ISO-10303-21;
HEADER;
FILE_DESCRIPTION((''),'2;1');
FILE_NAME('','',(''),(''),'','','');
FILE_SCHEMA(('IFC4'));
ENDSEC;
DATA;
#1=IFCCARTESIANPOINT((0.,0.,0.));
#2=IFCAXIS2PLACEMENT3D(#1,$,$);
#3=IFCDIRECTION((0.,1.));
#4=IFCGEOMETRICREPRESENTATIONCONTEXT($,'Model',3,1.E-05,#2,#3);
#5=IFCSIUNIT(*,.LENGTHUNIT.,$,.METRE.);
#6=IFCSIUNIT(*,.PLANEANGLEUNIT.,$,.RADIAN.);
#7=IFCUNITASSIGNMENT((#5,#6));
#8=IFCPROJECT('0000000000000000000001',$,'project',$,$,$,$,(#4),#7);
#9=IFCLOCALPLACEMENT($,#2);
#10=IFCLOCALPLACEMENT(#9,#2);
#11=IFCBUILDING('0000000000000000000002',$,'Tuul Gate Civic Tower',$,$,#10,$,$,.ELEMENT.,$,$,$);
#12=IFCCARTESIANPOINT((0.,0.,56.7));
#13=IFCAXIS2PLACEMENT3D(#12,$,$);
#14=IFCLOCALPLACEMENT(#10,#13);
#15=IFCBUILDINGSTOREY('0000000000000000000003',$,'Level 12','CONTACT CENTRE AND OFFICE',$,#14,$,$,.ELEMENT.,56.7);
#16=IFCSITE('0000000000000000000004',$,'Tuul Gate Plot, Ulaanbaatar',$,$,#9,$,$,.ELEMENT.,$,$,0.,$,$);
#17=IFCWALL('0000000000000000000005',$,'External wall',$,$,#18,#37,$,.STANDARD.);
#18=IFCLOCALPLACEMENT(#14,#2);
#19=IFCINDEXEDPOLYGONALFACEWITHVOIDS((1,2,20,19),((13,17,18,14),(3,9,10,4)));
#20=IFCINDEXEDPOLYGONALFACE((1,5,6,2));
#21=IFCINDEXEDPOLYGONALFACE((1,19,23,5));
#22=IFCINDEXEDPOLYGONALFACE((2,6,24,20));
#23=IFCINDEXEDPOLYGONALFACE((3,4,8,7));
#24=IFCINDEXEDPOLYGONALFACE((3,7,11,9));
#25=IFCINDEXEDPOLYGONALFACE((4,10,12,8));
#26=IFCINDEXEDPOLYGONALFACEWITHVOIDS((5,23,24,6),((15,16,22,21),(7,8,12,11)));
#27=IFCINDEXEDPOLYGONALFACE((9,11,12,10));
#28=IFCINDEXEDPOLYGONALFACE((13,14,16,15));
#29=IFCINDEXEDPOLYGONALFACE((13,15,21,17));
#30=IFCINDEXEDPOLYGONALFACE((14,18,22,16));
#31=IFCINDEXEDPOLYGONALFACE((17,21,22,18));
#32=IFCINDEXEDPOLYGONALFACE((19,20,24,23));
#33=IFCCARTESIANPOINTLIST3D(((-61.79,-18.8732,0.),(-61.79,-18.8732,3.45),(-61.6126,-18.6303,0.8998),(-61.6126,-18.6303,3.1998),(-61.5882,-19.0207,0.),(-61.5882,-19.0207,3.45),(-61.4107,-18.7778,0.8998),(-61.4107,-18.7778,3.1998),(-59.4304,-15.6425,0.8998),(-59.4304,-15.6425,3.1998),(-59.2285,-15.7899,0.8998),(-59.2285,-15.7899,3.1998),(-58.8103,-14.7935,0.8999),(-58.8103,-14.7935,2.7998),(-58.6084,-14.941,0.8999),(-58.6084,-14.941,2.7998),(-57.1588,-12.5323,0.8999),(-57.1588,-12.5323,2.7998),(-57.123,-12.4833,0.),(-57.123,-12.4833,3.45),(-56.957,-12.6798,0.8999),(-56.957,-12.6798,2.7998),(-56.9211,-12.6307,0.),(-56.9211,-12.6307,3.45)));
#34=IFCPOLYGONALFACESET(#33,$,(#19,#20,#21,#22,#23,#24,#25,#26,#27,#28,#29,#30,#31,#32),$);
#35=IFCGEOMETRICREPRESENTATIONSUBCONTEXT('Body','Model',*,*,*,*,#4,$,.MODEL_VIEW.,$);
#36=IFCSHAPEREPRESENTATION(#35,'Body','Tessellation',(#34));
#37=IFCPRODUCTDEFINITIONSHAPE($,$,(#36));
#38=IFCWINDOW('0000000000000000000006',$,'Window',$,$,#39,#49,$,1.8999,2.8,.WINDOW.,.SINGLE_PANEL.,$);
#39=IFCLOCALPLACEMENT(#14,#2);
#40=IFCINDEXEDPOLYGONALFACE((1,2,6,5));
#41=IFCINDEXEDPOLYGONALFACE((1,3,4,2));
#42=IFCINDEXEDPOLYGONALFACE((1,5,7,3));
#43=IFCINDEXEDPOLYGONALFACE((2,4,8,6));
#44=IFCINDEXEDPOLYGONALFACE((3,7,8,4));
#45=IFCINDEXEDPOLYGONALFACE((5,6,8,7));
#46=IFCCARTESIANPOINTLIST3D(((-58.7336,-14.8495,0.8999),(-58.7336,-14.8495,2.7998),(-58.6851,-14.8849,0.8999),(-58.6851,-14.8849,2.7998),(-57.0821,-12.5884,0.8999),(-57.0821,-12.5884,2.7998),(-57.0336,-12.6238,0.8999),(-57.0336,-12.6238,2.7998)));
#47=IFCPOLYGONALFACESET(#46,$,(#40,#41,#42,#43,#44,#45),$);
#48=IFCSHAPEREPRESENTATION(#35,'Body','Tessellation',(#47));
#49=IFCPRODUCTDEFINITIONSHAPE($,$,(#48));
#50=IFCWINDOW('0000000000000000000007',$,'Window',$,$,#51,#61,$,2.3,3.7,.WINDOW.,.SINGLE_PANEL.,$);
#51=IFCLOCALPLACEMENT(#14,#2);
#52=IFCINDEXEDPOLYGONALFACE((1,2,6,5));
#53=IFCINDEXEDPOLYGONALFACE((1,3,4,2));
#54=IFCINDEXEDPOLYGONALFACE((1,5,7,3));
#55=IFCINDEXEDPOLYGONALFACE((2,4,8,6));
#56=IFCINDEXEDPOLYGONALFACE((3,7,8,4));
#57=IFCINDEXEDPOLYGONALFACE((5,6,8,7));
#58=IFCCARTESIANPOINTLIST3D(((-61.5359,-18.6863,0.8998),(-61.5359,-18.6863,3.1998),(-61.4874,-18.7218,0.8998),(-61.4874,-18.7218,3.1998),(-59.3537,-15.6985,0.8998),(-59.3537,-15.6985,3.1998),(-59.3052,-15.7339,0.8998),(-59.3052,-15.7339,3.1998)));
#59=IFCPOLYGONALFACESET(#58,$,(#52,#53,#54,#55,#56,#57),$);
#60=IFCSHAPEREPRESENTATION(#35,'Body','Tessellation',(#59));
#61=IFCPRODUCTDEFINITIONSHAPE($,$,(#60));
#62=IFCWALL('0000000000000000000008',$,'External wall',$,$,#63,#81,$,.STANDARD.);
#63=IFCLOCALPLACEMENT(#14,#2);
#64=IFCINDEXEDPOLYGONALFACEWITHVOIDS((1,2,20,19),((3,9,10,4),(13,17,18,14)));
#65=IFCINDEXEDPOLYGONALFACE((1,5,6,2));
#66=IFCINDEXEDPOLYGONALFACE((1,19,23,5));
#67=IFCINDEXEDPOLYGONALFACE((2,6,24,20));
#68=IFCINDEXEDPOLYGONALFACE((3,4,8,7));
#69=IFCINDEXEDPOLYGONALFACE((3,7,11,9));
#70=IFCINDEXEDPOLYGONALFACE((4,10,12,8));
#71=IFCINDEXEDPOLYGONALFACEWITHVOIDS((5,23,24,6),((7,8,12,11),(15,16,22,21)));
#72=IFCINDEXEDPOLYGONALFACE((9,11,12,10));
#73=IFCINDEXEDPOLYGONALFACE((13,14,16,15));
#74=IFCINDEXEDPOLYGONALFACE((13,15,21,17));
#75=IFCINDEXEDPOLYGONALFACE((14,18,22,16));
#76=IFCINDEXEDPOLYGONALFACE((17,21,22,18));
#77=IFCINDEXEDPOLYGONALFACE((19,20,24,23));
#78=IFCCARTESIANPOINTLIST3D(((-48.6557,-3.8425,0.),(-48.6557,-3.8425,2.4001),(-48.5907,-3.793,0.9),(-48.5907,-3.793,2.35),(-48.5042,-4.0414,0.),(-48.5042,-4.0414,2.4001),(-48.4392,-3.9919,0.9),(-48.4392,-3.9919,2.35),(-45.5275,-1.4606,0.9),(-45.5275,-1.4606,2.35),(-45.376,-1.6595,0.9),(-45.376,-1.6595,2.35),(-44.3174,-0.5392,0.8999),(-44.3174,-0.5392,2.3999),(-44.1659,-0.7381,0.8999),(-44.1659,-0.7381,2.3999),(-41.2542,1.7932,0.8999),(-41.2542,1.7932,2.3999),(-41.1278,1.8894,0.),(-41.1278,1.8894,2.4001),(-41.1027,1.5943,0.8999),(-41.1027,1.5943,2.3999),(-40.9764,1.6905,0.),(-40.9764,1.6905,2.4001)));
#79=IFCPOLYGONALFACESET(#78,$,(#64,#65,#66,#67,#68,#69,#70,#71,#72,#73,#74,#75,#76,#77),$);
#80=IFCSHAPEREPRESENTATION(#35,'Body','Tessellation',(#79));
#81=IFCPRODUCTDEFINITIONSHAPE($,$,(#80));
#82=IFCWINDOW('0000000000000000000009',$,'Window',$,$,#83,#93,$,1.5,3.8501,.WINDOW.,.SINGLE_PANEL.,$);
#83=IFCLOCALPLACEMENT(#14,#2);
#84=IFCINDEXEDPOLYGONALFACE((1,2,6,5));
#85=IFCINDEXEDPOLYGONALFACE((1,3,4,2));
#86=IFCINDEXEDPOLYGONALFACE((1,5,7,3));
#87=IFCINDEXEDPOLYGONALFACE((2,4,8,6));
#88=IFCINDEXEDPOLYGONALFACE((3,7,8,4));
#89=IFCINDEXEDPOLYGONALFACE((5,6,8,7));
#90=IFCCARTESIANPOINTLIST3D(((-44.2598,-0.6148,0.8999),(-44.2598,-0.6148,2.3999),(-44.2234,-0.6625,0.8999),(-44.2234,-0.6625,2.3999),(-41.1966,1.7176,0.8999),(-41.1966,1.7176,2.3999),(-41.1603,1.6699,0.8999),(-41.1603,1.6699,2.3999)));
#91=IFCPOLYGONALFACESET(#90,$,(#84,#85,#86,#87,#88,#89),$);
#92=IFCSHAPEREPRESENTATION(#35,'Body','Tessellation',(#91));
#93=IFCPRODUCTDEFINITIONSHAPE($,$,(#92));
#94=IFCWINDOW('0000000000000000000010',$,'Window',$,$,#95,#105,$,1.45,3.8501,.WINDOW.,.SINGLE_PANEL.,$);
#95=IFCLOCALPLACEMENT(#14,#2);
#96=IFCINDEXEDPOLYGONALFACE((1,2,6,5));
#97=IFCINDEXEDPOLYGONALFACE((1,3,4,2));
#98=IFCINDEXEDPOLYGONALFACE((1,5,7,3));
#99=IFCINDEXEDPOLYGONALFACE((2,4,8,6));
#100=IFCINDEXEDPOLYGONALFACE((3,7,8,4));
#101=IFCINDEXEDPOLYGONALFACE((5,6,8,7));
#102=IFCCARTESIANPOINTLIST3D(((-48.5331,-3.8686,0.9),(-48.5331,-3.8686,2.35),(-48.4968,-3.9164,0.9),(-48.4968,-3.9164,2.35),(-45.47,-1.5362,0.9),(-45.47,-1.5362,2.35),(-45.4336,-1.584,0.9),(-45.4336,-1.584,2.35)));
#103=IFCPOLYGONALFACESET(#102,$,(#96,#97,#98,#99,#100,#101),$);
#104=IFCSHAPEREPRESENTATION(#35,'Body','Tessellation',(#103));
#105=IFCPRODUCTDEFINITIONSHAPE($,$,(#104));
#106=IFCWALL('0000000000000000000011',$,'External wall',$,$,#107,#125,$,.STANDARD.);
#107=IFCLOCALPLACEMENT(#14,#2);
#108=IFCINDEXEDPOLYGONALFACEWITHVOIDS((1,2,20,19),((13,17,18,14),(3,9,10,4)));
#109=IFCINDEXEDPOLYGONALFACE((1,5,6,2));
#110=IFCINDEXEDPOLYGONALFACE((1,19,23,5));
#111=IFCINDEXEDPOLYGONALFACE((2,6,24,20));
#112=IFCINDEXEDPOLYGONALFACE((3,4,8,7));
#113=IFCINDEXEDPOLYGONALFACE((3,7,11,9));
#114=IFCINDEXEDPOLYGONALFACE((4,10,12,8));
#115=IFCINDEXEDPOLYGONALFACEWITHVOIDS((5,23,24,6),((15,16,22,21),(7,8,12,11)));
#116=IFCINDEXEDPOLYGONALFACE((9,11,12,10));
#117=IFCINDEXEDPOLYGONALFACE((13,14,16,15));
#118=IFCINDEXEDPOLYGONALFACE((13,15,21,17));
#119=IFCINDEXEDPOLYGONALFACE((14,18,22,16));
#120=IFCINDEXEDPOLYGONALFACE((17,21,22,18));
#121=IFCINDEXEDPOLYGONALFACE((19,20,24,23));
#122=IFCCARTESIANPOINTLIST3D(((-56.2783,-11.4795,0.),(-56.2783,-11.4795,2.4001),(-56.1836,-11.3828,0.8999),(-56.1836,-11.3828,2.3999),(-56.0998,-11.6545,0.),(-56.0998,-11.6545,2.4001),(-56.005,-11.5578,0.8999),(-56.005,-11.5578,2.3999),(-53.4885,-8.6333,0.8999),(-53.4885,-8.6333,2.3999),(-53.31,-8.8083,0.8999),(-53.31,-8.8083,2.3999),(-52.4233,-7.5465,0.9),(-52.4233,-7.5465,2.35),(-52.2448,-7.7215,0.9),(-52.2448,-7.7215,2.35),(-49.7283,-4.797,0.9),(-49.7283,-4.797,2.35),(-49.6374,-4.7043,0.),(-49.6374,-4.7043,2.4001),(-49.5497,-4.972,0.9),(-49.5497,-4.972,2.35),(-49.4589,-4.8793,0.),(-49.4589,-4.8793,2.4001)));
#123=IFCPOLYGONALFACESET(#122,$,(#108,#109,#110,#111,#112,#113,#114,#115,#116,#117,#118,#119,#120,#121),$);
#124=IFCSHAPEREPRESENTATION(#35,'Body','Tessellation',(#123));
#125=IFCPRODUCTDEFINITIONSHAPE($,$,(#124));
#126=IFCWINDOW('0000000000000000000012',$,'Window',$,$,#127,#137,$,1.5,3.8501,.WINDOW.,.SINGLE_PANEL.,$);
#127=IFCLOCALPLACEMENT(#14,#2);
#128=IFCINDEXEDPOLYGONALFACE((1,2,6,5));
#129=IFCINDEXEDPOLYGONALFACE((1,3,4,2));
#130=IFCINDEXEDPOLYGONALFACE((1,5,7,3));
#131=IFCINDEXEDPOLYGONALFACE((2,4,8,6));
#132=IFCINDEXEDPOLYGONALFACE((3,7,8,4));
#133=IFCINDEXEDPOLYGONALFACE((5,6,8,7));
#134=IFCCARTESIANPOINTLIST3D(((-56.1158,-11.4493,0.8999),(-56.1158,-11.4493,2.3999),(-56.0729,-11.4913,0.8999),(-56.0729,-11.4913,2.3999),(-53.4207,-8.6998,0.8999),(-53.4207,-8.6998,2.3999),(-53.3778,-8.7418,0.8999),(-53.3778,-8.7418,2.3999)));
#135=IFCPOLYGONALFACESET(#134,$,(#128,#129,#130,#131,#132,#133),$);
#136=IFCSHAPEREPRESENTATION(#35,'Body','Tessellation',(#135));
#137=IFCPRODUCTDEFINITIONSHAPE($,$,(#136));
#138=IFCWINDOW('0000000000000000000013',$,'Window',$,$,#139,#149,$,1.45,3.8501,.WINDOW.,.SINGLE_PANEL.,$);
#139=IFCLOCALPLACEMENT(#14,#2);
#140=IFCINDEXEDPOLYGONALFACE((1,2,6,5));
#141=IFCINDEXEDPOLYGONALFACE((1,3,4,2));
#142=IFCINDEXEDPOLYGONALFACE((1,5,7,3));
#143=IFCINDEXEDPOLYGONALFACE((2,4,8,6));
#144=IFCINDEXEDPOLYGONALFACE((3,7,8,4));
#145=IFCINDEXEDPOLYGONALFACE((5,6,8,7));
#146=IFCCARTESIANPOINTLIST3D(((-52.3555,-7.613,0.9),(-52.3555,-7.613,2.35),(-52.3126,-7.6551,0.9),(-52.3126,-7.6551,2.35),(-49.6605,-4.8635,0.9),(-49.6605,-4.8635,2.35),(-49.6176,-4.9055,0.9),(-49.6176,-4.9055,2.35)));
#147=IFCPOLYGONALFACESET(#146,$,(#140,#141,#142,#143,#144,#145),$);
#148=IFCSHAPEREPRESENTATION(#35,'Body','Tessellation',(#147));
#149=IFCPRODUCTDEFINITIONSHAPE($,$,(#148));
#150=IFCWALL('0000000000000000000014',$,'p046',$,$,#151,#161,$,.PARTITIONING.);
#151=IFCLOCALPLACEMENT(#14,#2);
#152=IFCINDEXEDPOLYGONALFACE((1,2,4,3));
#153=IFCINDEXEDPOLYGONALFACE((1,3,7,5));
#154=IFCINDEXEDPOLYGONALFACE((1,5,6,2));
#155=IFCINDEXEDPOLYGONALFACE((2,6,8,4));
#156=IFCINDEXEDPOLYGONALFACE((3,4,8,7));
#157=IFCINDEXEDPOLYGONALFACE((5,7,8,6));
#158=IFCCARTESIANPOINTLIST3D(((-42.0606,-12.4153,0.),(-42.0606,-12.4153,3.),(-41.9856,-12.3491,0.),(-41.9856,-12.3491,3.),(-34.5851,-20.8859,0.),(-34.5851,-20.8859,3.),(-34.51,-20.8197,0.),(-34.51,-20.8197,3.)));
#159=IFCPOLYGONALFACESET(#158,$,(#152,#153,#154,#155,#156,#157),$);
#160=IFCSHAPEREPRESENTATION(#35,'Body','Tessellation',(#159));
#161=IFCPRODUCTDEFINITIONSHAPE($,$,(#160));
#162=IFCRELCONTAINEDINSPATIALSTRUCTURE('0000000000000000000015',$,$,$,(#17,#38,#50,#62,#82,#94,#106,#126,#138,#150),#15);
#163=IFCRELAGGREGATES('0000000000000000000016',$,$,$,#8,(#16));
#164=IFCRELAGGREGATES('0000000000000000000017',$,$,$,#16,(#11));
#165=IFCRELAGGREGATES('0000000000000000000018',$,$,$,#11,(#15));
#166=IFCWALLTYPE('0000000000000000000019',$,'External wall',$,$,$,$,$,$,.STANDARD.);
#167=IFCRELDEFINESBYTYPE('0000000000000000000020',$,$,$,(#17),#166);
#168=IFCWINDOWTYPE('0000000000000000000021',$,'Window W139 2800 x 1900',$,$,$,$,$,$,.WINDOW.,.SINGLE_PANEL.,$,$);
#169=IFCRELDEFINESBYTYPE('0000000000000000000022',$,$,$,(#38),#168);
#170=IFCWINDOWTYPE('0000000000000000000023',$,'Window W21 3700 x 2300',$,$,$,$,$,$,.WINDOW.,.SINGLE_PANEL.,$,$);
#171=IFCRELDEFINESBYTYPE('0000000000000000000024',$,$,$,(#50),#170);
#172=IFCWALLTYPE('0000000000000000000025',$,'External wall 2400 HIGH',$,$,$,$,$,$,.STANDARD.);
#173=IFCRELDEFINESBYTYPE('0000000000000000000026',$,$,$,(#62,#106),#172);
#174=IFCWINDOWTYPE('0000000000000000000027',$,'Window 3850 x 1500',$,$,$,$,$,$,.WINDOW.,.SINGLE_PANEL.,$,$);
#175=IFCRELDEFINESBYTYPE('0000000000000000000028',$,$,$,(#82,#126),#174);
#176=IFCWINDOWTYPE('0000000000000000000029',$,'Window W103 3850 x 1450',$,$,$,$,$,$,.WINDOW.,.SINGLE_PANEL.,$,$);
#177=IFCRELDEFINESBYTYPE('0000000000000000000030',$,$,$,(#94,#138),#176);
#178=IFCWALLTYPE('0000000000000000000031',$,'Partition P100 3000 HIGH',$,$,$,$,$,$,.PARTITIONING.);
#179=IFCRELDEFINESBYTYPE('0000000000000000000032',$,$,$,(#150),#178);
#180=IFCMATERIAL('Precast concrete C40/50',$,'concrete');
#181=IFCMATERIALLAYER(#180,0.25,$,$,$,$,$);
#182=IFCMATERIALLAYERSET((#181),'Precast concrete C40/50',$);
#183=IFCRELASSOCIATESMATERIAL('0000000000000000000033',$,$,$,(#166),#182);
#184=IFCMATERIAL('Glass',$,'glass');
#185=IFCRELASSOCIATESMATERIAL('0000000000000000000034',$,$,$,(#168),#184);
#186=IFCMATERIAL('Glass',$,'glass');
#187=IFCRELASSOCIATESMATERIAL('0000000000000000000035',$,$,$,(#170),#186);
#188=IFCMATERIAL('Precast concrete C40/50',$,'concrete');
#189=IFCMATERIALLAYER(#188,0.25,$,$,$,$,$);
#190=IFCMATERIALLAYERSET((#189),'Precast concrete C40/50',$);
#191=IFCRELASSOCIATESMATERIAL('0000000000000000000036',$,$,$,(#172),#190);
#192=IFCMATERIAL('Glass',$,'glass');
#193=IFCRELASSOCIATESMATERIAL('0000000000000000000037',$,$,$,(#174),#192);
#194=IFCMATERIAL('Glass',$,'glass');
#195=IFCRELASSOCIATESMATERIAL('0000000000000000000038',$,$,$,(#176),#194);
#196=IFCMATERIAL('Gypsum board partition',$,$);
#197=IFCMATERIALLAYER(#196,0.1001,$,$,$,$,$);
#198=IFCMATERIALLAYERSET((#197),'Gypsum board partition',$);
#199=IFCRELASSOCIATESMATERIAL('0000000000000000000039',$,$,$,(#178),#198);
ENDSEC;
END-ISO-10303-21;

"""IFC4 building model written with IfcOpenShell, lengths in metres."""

from ifc_helpers import new_model, si_unit, direction, frame, frame_2d, origin, place, context, subcontext, project, spatial, rectangle, extrude, material, layer, layer_set, type_object, element, fill, save


model = new_model("IFC4")

# Units and contexts
model_context = context("Model", 3, precision=1e-05, world=origin(), true_north=direction((0.0, 1.0)))
body_context = subcontext(model_context, "Body", "Model", "MODEL_VIEW")
ifc_project = project(units=[si_unit("LENGTHUNIT", "METRE"), si_unit("PLANEANGLEUNIT", "RADIAN")], contexts=[model_context])

# Site, building, storey
site_placement = place(None, origin())
site = spatial("IfcSite", under=ifc_project, at=site_placement, Name="Tuul Gate Plot, Ulaanbaatar", CompositionType="ELEMENT", RefElevation=0.0)
building_placement = place(site_placement, origin())
building = spatial("IfcBuilding", under=site, at=building_placement, Name="Tuul Gate Civic Tower", CompositionType="ELEMENT")
storey_placement = place(building_placement, frame((0.0, 0.0, 56.7)))
storey = spatial("IfcBuildingStorey", under=building, at=storey_placement, Name="Level 12", Description="CONTACT CENTRE AND OFFICE", CompositionType="ELEMENT", Elevation=56.7)

# Walls, openings, windows
ifc_material_1 = material(Name="Precast concrete C40/50", Category="concrete")
ifc_layer_1 = layer(ifc_material_1, 0.25)
ifc_layer_set_1 = layer_set([ifc_layer_1], Name="Precast concrete C40/50")
wall_type_1 = type_object("IfcWallType", Name="External wall", PredefinedType="STANDARD", material=ifc_layer_set_1)
wall_1_placement = place(storey_placement, frame((-57.022, -12.5569, 0.0), z_axis=(0.0, 0.0, 1.0), x_axis=(-0.589807, -0.807544, 0.0)))
wall_1 = element("IfcWall", 1, at=wall_1_placement, inside=storey, type_object=wall_type_1, Name="External wall", PredefinedType="STANDARD", context=body_context, shape_type="SweptSolid", body=[
    extrude(rectangle(XDim=7.9128, YDim=0.25, at=frame_2d((3.9565, 0.0))), origin(), (0.0, 0.0, 1.0), 3.45),
])
opening_1_placement = place(wall_1_placement, frame((0.061, 0.0, 0.8999)))
opening_1 = element("IfcOpeningElement", 2, at=opening_1_placement, cuts=wall_1, PredefinedType="OPENING", context=body_context, shape_type="SweptSolid", body=[
    extrude(rectangle(XDim=2.8, YDim=1.8999, at=frame_2d((1.3999, 0.95))), frame((0.0, 0.135, 0.0), z_axis=(0.0, -1.0, 0.0), x_axis=(1.0, 0.0, 0.0)), (0.0, 0.0, 1.0), 0.27),
])
opening_2_placement = place(wall_1_placement, frame((3.9121, 0.0, 0.8999)))
opening_2 = element("IfcOpeningElement", 3, at=opening_2_placement, cuts=wall_1, PredefinedType="OPENING", context=body_context, shape_type="SweptSolid", body=[
    extrude(rectangle(XDim=3.7, YDim=2.3, at=frame_2d((1.8501, 1.1499))), frame((0.0, 0.135, 0.0), z_axis=(0.0, -1.0, 0.0), x_axis=(1.0, 0.0, 0.0)), (0.0, 0.0, 1.0), 0.27),
])
ifc_material_2 = material(Name="Glass", Category="glass")
window_type_1 = type_object("IfcWindowType", Name="Window W139 2800 x 1900", PartitioningType="SINGLE_PANEL", PredefinedType="WINDOW", material=ifc_material_2)
window_1_placement = place(opening_1_placement, origin())
window_1 = element("IfcWindow", 4, at=window_1_placement, inside=storey, type_object=window_type_1, Name="Window", OverallHeight=1.8999, OverallWidth=2.8, PartitioningType="SINGLE_PANEL", PredefinedType="WINDOW", context=body_context, shape_type="SweptSolid", body=[
    extrude(rectangle(XDim=2.8, YDim=1.8999, at=frame_2d((1.3999, 0.95))), frame((0.0, 0.03, 0.0), z_axis=(0.0, -1.0, 0.0), x_axis=(1.0, 0.0, 0.0)), (0.0, 0.0, 1.0), 0.0601),
])
fill(opening_1, window_1)
ifc_material_3 = material(Name="Glass", Category="glass")
window_type_2 = type_object("IfcWindowType", Name="Window W21 3700 x 2300", PartitioningType="SINGLE_PANEL", PredefinedType="WINDOW", material=ifc_material_3)
window_2_placement = place(opening_2_placement, origin())
window_2 = element("IfcWindow", 5, at=window_2_placement, inside=storey, type_object=window_type_2, Name="Window", OverallHeight=2.3, OverallWidth=3.7, PartitioningType="SINGLE_PANEL", PredefinedType="WINDOW", context=body_context, shape_type="SweptSolid", body=[
    extrude(rectangle(XDim=3.7, YDim=2.3, at=frame_2d((1.8501, 1.1499))), frame((0.0, 0.03, 0.0), z_axis=(0.0, -1.0, 0.0), x_axis=(1.0, 0.0, 0.0)), (0.0, 0.0, 1.0), 0.0601),
])
fill(opening_2, window_2)
ifc_material_4 = material(Name="Precast concrete C40/50", Category="concrete")
ifc_layer_2 = layer(ifc_material_4, 0.25)
ifc_layer_set_2 = layer_set([ifc_layer_2], Name="Precast concrete C40/50")
wall_type_2 = type_object("IfcWallType", Name="External wall 2400 HIGH", PredefinedType="STANDARD", material=ifc_layer_set_2)
wall_2_placement = place(storey_placement, frame((-41.052, 1.79, 0.0), z_axis=(0.0, 0.0, 1.0), x_axis=(-0.795613, -0.605805, 0.0)))
wall_2 = element("IfcWall", 6, at=wall_2_placement, inside=storey, type_object=wall_type_2, Name="External wall", PredefinedType="STANDARD", context=body_context, shape_type="SweptSolid", body=[
    extrude(rectangle(XDim=9.4617, YDim=0.25, at=frame_2d((4.731, 0.0))), origin(), (0.0, 0.0, 1.0), 2.4001),
])
opening_3_placement = place(wall_2_placement, frame((0.1589, 0.0, 0.8999)))
opening_3 = element("IfcOpeningElement", 7, at=opening_3_placement, cuts=wall_2, PredefinedType="OPENING", context=body_context, shape_type="SweptSolid", body=[
    extrude(rectangle(XDim=3.8501, YDim=1.5, at=frame_2d((1.925, 0.75))), frame((0.0, 0.135, 0.0), z_axis=(0.0, -1.0, 0.0), x_axis=(1.0, 0.0, 0.0)), (0.0, 0.0, 1.0), 0.27),
])
opening_4_placement = place(wall_2_placement, frame((5.53, 0.0, 0.8999)))
opening_4 = element("IfcOpeningElement", 8, at=opening_4_placement, cuts=wall_2, PredefinedType="OPENING", context=body_context, shape_type="SweptSolid", body=[
    extrude(rectangle(XDim=3.8501, YDim=1.45, at=frame_2d((1.925, 0.7251))), frame((0.0, 0.135, 0.0), z_axis=(0.0, -1.0, 0.0), x_axis=(1.0, 0.0, 0.0)), (0.0, 0.0, 1.0), 0.27),
])
ifc_material_5 = material(Name="Glass", Category="glass")
window_type_3 = type_object("IfcWindowType", Name="Window 3850 x 1500", PartitioningType="SINGLE_PANEL", PredefinedType="WINDOW", material=ifc_material_5)
window_3_placement = place(opening_3_placement, origin())
window_3 = element("IfcWindow", 9, at=window_3_placement, inside=storey, type_object=window_type_3, Name="Window", OverallHeight=1.5, OverallWidth=3.8501, PartitioningType="SINGLE_PANEL", PredefinedType="WINDOW", context=body_context, shape_type="SweptSolid", body=[
    extrude(rectangle(XDim=3.8501, YDim=1.5, at=frame_2d((1.925, 0.75))), frame((0.0, 0.03, 0.0), z_axis=(0.0, -1.0, 0.0), x_axis=(1.0, 0.0, 0.0)), (0.0, 0.0, 1.0), 0.0601),
])
fill(opening_3, window_3)
ifc_material_6 = material(Name="Glass", Category="glass")
window_type_4 = type_object("IfcWindowType", Name="Window W103 3850 x 1450", PartitioningType="SINGLE_PANEL", PredefinedType="WINDOW", material=ifc_material_6)
window_4_placement = place(opening_4_placement, origin())
window_4 = element("IfcWindow", 10, at=window_4_placement, inside=storey, type_object=window_type_4, Name="Window", OverallHeight=1.45, OverallWidth=3.8501, PartitioningType="SINGLE_PANEL", PredefinedType="WINDOW", context=body_context, shape_type="SweptSolid", body=[
    extrude(rectangle(XDim=3.8501, YDim=1.45, at=frame_2d((1.925, 0.7251))), frame((0.0, 0.03, 0.0), z_axis=(0.0, -1.0, 0.0), x_axis=(1.0, 0.0, 0.0)), (0.0, 0.0, 1.0), 0.0601),
])
fill(opening_4, window_4)
wall_3_placement = place(storey_placement, frame((-49.5481, -4.7917, 0.0), z_axis=(0.0, 0.0, 1.0), x_axis=(-0.699994, -0.714148, 0.0)))
wall_3 = element("IfcWall", 11, at=wall_3_placement, inside=storey, type_object=wall_type_2, Name="External wall", PredefinedType="STANDARD", context=body_context, shape_type="SweptSolid", body=[
    extrude(rectangle(XDim=9.4871, YDim=0.25, at=frame_2d((4.7437, 0.0))), origin(), (0.0, 0.0, 1.0), 2.4001),
])
opening_5_placement = place(wall_3_placement, frame((0.1299, 0.0, 0.8999)))
opening_5 = element("IfcOpeningElement", 12, at=opening_5_placement, cuts=wall_3, PredefinedType="OPENING", context=body_context, shape_type="SweptSolid", body=[
    extrude(rectangle(XDim=3.8501, YDim=1.45, at=frame_2d((1.925, 0.7251))), frame((0.0, 0.135, 0.0), z_axis=(0.0, -1.0, 0.0), x_axis=(1.0, 0.0, 0.0)), (0.0, 0.0, 1.0), 0.27),
])
opening_6_placement = place(wall_3_placement, frame((5.5017, 0.0, 0.8999)))
opening_6 = element("IfcOpeningElement", 13, at=opening_6_placement, cuts=wall_3, PredefinedType="OPENING", context=body_context, shape_type="SweptSolid", body=[
    extrude(rectangle(XDim=3.8501, YDim=1.5, at=frame_2d((1.925, 0.75))), frame((0.0, 0.135, 0.0), z_axis=(0.0, -1.0, 0.0), x_axis=(1.0, 0.0, 0.0)), (0.0, 0.0, 1.0), 0.27),
])
window_5_placement = place(opening_6_placement, origin())
window_5 = element("IfcWindow", 14, at=window_5_placement, inside=storey, type_object=window_type_3, Name="Window", OverallHeight=1.5, OverallWidth=3.8501, PartitioningType="SINGLE_PANEL", PredefinedType="WINDOW", context=body_context, shape_type="SweptSolid", body=[
    extrude(rectangle(XDim=3.8501, YDim=1.5, at=frame_2d((1.925, 0.75))), frame((0.0, 0.03, 0.0), z_axis=(0.0, -1.0, 0.0), x_axis=(1.0, 0.0, 0.0)), (0.0, 0.0, 1.0), 0.0601),
])
fill(opening_6, window_5)
window_6_placement = place(opening_5_placement, origin())
window_6 = element("IfcWindow", 15, at=window_6_placement, inside=storey, type_object=window_type_4, Name="Window", OverallHeight=1.45, OverallWidth=3.8501, PartitioningType="SINGLE_PANEL", PredefinedType="WINDOW", context=body_context, shape_type="SweptSolid", body=[
    extrude(rectangle(XDim=3.8501, YDim=1.45, at=frame_2d((1.925, 0.7251))), frame((0.0, 0.03, 0.0), z_axis=(0.0, -1.0, 0.0), x_axis=(1.0, 0.0, 0.0)), (0.0, 0.0, 1.0), 0.0601),
])
fill(opening_5, window_6)

# Wall
ifc_material_7 = material(Name="Gypsum board partition")
ifc_layer_3 = layer(ifc_material_7, 0.1001)
ifc_layer_set_3 = layer_set([ifc_layer_3], Name="Gypsum board partition")
wall_type_3 = type_object("IfcWallType", Name="Partition P100 3000 HIGH", PredefinedType="PARTITIONING", material=ifc_layer_set_3)
wall_4_placement = place(storey_placement, frame((-42.0232, -12.3821, 0.0), z_axis=(0.0, 0.0, 1.0), x_axis=(0.661693, -0.749775, 0.0)))
element("IfcWall", 16, at=wall_4_placement, inside=storey, type_object=wall_type_3, Name="p046", PredefinedType="PARTITIONING", context=body_context, shape_type="SweptSolid", body=[
    extrude(rectangle(XDim=11.2976, YDim=0.1001, at=frame_2d((5.6489, 0.0))), origin(), (0.0, 0.0, 1.0), 3.0),
])

save(model, "model.ifc")
